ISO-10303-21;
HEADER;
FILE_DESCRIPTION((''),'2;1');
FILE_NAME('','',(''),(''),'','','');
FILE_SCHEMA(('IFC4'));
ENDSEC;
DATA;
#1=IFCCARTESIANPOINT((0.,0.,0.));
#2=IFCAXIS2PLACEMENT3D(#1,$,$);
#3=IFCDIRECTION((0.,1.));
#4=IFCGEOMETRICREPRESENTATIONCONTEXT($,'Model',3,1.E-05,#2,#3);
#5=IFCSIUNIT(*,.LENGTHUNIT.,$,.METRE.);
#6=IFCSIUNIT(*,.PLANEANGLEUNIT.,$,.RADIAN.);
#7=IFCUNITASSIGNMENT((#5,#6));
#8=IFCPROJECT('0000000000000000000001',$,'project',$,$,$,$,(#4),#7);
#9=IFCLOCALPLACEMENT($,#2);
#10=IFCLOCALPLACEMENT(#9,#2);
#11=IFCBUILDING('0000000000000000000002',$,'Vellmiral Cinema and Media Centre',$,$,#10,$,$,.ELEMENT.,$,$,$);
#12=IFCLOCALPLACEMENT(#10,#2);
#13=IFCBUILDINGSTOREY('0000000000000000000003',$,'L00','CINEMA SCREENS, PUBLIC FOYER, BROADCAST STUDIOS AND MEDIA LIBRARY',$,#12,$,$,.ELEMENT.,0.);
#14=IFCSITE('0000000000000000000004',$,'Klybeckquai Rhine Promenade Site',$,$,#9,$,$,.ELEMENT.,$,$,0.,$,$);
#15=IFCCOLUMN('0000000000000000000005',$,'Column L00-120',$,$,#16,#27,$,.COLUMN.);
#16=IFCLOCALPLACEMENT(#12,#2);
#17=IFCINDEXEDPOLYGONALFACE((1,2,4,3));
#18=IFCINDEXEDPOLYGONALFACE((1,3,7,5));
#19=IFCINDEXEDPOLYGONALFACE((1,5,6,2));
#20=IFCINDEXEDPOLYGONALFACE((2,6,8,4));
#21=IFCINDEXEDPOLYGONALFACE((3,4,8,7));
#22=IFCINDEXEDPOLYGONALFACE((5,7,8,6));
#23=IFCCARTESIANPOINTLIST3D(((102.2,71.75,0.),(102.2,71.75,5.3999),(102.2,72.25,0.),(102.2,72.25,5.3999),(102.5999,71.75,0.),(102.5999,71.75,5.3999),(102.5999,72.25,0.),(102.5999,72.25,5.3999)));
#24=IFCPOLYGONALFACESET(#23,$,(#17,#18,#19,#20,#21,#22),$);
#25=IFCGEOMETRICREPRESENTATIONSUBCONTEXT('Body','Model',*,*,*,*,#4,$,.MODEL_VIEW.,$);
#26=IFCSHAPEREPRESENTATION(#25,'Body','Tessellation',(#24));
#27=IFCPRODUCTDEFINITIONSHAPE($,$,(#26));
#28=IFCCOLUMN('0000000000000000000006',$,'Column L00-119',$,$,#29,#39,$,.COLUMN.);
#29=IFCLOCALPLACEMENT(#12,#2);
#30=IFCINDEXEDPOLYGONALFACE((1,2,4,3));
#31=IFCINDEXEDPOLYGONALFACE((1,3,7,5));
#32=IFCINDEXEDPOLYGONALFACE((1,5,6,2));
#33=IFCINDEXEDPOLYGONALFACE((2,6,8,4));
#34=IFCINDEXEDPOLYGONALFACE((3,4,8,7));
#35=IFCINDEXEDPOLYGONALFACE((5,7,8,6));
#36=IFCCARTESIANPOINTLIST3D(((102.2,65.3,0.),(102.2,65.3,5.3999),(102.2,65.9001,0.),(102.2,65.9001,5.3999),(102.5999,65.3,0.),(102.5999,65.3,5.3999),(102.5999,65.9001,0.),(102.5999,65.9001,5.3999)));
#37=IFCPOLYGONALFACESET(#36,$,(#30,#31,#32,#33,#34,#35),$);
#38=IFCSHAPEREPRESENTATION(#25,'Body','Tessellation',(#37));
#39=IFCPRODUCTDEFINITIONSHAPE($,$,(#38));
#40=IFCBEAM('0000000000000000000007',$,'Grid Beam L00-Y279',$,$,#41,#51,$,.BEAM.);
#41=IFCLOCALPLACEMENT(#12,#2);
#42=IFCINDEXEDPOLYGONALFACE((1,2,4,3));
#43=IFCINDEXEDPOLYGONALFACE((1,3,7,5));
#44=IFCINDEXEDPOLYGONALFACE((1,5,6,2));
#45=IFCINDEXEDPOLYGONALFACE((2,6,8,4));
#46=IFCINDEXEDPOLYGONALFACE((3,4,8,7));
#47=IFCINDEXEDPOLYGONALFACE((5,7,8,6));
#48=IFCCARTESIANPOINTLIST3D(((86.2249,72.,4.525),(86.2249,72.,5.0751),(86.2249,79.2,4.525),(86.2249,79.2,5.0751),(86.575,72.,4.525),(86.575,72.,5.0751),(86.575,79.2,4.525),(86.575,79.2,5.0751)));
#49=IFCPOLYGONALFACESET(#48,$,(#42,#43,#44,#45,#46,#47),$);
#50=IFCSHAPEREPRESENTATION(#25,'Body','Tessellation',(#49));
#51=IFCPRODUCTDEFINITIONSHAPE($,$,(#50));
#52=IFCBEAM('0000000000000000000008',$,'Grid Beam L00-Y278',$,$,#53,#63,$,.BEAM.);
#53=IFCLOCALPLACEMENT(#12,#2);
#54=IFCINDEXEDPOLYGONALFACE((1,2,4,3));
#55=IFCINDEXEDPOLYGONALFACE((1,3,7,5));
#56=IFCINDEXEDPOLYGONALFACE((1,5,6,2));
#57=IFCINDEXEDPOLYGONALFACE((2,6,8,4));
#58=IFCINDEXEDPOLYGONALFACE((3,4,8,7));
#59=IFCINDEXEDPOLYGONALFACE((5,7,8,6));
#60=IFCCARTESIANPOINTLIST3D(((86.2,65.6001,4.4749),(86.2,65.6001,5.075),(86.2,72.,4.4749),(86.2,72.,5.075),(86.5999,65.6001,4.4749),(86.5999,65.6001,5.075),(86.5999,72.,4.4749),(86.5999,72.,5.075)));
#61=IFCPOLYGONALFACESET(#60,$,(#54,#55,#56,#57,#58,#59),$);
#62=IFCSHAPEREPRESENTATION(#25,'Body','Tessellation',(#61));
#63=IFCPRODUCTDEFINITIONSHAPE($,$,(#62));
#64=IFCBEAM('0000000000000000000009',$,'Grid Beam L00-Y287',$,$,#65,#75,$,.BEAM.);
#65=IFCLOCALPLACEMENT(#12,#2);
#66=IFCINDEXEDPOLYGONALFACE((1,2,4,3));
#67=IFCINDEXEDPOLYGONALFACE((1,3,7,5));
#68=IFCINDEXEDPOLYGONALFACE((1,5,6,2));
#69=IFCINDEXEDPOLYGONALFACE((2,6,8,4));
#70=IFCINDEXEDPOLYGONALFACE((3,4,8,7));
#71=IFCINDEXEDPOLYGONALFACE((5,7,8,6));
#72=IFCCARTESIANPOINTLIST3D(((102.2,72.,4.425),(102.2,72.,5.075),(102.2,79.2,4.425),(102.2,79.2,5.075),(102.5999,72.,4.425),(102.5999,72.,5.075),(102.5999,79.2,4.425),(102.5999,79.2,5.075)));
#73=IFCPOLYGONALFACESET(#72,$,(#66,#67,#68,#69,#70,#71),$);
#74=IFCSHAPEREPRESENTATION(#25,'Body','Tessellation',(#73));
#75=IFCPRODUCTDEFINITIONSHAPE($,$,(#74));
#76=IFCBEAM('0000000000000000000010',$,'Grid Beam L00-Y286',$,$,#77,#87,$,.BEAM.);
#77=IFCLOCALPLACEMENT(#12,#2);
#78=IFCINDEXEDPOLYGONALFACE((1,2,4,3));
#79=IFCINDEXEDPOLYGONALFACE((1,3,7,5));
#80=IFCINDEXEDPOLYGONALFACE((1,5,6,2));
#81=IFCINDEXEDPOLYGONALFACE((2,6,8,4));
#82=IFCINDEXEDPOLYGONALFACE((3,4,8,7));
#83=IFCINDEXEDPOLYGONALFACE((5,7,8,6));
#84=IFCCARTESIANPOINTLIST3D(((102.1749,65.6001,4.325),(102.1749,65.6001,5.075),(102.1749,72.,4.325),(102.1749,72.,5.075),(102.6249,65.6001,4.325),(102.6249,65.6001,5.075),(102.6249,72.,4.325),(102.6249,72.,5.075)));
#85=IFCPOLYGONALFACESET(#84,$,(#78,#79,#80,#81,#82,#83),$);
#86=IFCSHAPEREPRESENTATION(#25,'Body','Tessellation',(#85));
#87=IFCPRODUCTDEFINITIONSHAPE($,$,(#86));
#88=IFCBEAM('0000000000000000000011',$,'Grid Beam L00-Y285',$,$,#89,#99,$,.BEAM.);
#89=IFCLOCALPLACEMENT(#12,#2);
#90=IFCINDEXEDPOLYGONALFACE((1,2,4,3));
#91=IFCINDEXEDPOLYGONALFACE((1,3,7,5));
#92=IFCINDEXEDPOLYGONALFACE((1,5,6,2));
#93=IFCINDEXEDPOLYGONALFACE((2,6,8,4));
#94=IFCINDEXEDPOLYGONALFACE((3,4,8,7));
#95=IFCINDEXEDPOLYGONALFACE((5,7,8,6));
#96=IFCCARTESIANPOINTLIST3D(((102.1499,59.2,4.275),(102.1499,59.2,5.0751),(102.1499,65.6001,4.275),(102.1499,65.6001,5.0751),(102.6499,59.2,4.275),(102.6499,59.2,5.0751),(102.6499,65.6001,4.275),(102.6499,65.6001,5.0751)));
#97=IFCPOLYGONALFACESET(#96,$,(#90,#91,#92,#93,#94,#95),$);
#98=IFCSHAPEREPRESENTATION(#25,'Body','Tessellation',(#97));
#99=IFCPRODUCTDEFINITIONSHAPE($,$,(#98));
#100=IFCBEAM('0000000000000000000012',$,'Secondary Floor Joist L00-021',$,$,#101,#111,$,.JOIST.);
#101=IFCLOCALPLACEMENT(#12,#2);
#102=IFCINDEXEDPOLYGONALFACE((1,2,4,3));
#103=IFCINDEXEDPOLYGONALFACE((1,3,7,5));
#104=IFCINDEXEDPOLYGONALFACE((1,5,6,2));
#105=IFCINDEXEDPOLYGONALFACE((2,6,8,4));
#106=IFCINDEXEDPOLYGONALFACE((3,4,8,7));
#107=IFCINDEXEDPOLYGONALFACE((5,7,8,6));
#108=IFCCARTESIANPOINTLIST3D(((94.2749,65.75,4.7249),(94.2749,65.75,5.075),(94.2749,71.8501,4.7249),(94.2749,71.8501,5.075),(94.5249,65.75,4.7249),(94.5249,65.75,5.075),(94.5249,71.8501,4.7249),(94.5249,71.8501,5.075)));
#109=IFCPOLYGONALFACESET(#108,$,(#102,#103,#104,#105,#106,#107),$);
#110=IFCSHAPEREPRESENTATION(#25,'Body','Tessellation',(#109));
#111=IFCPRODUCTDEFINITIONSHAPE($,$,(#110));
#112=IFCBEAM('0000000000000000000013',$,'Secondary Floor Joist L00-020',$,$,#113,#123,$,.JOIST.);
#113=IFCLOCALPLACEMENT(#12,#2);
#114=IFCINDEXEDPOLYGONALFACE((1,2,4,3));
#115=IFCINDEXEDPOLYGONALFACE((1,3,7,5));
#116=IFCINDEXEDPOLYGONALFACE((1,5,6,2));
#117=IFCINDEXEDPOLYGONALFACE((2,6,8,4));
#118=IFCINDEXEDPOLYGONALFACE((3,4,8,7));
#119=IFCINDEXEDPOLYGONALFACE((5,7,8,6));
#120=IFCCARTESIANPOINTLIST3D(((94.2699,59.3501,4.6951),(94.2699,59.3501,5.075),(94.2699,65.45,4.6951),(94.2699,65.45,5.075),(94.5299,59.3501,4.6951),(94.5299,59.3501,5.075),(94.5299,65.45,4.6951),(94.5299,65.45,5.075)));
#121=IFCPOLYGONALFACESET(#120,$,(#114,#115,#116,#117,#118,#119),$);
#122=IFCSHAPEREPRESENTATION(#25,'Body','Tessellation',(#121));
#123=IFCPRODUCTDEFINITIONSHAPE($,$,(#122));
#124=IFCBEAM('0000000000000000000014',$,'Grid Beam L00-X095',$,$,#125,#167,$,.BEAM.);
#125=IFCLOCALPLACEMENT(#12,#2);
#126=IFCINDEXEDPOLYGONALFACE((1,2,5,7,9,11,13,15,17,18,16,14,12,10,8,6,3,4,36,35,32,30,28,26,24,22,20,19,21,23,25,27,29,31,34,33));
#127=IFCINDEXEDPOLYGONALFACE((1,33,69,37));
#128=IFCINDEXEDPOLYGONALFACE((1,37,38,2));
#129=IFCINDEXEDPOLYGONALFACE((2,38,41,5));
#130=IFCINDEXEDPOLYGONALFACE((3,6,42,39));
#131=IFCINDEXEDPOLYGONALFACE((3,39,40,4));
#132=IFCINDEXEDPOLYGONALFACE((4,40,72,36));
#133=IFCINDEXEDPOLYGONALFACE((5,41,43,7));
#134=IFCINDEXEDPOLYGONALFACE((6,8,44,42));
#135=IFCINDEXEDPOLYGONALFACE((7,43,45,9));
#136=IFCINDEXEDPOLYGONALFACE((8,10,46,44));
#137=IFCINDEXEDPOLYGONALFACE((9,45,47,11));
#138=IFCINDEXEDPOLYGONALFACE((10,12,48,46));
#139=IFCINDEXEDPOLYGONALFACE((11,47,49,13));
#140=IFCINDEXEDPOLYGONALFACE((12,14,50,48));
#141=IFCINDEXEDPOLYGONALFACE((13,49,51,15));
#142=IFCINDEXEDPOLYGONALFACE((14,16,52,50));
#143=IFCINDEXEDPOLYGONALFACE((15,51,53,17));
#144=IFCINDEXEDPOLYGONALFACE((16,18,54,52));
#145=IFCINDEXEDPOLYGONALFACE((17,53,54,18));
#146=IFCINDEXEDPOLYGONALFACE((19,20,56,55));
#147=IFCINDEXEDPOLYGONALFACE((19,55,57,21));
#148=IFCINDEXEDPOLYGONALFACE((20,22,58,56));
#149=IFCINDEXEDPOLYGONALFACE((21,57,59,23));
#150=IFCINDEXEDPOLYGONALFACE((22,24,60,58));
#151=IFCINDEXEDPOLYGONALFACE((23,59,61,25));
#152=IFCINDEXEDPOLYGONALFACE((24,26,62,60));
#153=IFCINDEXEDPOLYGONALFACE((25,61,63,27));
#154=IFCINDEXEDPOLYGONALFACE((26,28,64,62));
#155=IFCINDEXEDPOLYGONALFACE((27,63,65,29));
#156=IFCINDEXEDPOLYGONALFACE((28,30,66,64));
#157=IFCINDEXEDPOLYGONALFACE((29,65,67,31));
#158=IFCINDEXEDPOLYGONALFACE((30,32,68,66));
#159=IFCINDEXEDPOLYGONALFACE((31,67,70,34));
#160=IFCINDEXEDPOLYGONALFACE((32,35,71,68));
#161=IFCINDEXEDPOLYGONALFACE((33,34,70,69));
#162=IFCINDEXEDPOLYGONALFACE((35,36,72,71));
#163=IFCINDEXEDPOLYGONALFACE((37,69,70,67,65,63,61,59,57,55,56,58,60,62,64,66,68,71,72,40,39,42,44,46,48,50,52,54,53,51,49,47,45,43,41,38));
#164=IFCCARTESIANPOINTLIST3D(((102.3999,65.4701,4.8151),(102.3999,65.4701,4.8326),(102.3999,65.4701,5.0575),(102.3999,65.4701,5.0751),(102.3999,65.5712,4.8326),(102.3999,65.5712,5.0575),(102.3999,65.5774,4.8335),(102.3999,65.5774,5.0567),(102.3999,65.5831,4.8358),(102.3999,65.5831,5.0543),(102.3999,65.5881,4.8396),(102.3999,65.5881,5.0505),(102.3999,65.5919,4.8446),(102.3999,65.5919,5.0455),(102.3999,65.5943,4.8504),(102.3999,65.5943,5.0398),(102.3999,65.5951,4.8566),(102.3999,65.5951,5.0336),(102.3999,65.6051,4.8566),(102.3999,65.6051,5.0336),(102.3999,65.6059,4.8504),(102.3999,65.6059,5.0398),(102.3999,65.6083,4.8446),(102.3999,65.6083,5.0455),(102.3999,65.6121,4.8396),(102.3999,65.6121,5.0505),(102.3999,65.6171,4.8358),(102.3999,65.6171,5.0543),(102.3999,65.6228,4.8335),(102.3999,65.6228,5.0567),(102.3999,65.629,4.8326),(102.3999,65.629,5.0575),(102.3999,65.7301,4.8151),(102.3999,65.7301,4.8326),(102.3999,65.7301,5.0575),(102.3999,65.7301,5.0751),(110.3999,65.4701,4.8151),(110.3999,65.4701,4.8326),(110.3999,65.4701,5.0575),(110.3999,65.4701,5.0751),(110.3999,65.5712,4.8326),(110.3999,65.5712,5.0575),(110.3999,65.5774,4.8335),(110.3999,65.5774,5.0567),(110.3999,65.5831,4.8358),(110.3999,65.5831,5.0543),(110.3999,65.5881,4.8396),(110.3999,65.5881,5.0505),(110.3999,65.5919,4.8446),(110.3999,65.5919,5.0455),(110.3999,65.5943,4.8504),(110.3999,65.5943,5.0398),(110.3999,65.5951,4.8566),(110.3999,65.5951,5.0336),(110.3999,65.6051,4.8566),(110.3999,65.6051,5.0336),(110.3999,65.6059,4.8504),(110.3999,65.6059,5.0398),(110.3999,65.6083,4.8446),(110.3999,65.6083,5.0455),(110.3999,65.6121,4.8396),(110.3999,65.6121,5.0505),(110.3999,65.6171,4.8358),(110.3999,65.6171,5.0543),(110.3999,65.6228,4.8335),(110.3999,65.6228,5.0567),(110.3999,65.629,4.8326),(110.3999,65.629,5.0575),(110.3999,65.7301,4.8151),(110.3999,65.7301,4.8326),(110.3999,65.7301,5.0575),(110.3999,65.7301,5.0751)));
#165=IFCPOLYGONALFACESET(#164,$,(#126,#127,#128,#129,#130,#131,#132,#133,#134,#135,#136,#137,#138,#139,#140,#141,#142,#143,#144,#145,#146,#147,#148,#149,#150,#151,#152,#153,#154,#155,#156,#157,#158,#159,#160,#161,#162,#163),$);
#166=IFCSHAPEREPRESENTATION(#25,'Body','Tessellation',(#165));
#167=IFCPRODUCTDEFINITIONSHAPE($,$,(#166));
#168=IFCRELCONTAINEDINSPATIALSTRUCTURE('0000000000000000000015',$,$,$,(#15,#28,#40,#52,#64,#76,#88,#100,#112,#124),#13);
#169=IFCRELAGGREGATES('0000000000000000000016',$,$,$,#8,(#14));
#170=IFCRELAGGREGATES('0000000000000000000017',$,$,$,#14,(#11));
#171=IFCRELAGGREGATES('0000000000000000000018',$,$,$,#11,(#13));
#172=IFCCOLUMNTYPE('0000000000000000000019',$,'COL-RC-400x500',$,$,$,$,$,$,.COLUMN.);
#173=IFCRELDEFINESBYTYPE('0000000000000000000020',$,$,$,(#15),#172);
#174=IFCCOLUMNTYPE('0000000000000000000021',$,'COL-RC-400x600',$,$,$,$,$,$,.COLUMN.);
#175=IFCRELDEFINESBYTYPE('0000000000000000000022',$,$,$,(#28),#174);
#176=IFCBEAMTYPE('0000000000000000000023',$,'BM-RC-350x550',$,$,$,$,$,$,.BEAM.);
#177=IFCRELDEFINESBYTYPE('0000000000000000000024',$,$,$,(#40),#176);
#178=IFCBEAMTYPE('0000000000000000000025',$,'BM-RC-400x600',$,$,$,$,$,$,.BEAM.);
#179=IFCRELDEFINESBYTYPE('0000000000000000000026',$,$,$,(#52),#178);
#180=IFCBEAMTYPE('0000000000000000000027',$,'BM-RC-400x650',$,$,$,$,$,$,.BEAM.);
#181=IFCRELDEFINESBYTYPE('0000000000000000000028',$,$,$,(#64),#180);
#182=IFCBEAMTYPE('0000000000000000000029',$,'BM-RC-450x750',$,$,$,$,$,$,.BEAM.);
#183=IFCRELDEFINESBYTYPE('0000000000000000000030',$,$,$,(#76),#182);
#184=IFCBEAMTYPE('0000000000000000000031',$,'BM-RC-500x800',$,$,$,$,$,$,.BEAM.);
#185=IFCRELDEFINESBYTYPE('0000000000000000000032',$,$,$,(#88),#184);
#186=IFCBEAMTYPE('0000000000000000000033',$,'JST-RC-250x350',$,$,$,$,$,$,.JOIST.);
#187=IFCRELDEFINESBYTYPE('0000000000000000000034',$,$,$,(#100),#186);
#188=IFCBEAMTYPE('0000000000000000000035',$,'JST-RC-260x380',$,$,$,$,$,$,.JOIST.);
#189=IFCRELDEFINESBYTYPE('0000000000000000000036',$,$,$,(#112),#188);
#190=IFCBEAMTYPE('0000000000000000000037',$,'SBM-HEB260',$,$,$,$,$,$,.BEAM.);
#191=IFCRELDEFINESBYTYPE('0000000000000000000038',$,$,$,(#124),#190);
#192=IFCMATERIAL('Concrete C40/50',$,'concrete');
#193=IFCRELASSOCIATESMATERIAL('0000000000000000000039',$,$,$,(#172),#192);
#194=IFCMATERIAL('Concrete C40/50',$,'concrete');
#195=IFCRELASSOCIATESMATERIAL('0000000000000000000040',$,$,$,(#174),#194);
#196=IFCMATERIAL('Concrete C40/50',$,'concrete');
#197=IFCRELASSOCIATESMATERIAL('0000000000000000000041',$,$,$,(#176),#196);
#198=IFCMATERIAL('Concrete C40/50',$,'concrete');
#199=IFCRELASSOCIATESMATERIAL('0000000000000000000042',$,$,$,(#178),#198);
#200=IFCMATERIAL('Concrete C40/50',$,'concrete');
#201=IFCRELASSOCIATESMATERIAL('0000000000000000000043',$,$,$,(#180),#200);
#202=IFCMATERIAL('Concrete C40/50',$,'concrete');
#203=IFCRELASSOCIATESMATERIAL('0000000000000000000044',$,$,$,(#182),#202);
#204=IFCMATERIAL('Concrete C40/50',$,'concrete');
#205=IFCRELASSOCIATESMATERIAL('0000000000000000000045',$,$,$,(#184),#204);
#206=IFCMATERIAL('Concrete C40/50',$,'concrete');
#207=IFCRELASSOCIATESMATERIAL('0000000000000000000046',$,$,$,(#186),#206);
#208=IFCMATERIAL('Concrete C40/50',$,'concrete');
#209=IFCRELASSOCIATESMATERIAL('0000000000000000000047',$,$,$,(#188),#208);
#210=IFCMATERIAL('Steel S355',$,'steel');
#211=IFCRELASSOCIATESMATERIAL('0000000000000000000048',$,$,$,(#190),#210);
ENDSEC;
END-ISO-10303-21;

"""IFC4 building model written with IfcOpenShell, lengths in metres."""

from ifc_helpers import new_model, si_unit, direction, frame, origin, origin_2d, place, context, subcontext, project, spatial, rectangle, i_section, extrude, material, material_profile, profile_set, type_object, element, save


model = new_model("IFC4")

# Units and contexts
model_context = context("Model", 3, precision=1e-05, world=origin(), true_north=direction((0.0, 1.0)))
body_context = subcontext(model_context, "Body", "Model", "MODEL_VIEW")
ifc_project = project(units=[si_unit("LENGTHUNIT", "METRE"), si_unit("PLANEANGLEUNIT", "RADIAN")], contexts=[model_context])

# Site, building, storey
site_placement = place(None, origin())
site = spatial("IfcSite", under=ifc_project, at=site_placement, Name="Klybeckquai Rhine Promenade Site", CompositionType="ELEMENT", RefElevation=0.0)
building_placement = place(site_placement, origin())
building = spatial("IfcBuilding", under=site, at=building_placement, Name="Vellmiral Cinema and Media Centre", CompositionType="ELEMENT")
storey_placement = place(building_placement, origin())
storey = spatial("IfcBuildingStorey", under=building, at=storey_placement, Name="L00", Description="CINEMA SCREENS, PUBLIC FOYER, BROADCAST STUDIOS AND MEDIA LIBRARY", CompositionType="ELEMENT", Elevation=0.0)

# Columns
ifc_material_1 = material(Name="Concrete C40/50", Category="concrete")
ifc_material_profile_1 = material_profile(ifc_material_1, rectangle(XDim=0.3999, YDim=0.5, at=origin_2d()), Name="RC 400x500")
ifc_profile_set_1 = profile_set([ifc_material_profile_1], Name="Concrete C40/50")
column_type_1 = type_object("IfcColumnType", Name="COL-RC-400x500", PredefinedType="COLUMN", material=ifc_profile_set_1)
column_1_placement = place(storey_placement, frame((102.3999, 72.0, 0.0), z_axis=(0.0, 0.0, 1.0), x_axis=(1.0, 0.0, 0.0)))
element("IfcColumn", 1, at=column_1_placement, inside=storey, type_object=column_type_1, Name="Column L00-120", PredefinedType="COLUMN", context=body_context, shape_type="SweptSolid", body=[
    extrude(rectangle(XDim=0.3999, YDim=0.5, at=origin_2d()), origin(), (0.0, 0.0, 1.0), 5.3999),
])
ifc_material_2 = material(Name="Concrete C40/50", Category="concrete")
ifc_material_profile_2 = material_profile(ifc_material_2, rectangle(XDim=0.3999, YDim=0.6001, at=origin_2d()), Name="RC 400x600")
ifc_profile_set_2 = profile_set([ifc_material_profile_2], Name="Concrete C40/50")
column_type_2 = type_object("IfcColumnType", Name="COL-RC-400x600", PredefinedType="COLUMN", material=ifc_profile_set_2)
column_2_placement = place(storey_placement, frame((102.3999, 65.6001, 0.0), z_axis=(0.0, 0.0, 1.0), x_axis=(1.0, 0.0, 0.0)))
element("IfcColumn", 2, at=column_2_placement, inside=storey, type_object=column_type_2, Name="Column L00-119", PredefinedType="COLUMN", context=body_context, shape_type="SweptSolid", body=[
    extrude(rectangle(XDim=0.3999, YDim=0.6001, at=origin_2d()), origin(), (0.0, 0.0, 1.0), 5.3999),
])

# Beams
ifc_material_3 = material(Name="Concrete C40/50", Category="concrete")
ifc_material_profile_3 = material_profile(ifc_material_3, rectangle(XDim=0.3501, YDim=0.55, at=origin_2d()), Name="RC 350x550")
ifc_profile_set_3 = profile_set([ifc_material_profile_3], Name="Concrete C40/50")
beam_type_1 = type_object("IfcBeamType", Name="BM-RC-350x550", PredefinedType="BEAM", material=ifc_profile_set_3)
beam_1_placement = place(storey_placement, frame((86.3999, 72.0, 4.8), z_axis=(0.0, 1.0, 0.0), x_axis=(-1.0, 0.0, 0.0)))
element("IfcBeam", 3, at=beam_1_placement, inside=storey, type_object=beam_type_1, Name="Grid Beam L00-Y279", PredefinedType="BEAM", context=body_context, shape_type="SweptSolid", body=[
    extrude(rectangle(XDim=0.3501, YDim=0.55, at=origin_2d()), origin(), (0.0, 0.0, 1.0), 7.2),
])
ifc_material_4 = material(Name="Concrete C40/50", Category="concrete")
ifc_material_profile_4 = material_profile(ifc_material_4, rectangle(XDim=0.3999, YDim=0.6001, at=origin_2d()), Name="RC 400x600")
ifc_profile_set_4 = profile_set([ifc_material_profile_4], Name="Concrete C40/50")
beam_type_2 = type_object("IfcBeamType", Name="BM-RC-400x600", PredefinedType="BEAM", material=ifc_profile_set_4)
beam_2_placement = place(storey_placement, frame((86.3999, 65.6001, 4.7749), z_axis=(0.0, 1.0, 0.0), x_axis=(-1.0, 0.0, 0.0)))
element("IfcBeam", 4, at=beam_2_placement, inside=storey, type_object=beam_type_2, Name="Grid Beam L00-Y278", PredefinedType="BEAM", context=body_context, shape_type="SweptSolid", body=[
    extrude(rectangle(XDim=0.3999, YDim=0.6001, at=origin_2d()), origin(), (0.0, 0.0, 1.0), 6.3999),
])
ifc_material_5 = material(Name="Concrete C40/50", Category="concrete")
ifc_material_profile_5 = material_profile(ifc_material_5, rectangle(XDim=0.3999, YDim=0.6499, at=origin_2d()), Name="RC 400x650")
ifc_profile_set_5 = profile_set([ifc_material_profile_5], Name="Concrete C40/50")
beam_type_3 = type_object("IfcBeamType", Name="BM-RC-400x650", PredefinedType="BEAM", material=ifc_profile_set_5)
beam_3_placement = place(storey_placement, frame((102.3999, 72.0, 4.75), z_axis=(0.0, 1.0, 0.0), x_axis=(-1.0, 0.0, 0.0)))
element("IfcBeam", 5, at=beam_3_placement, inside=storey, type_object=beam_type_3, Name="Grid Beam L00-Y287", PredefinedType="BEAM", context=body_context, shape_type="SweptSolid", body=[
    extrude(rectangle(XDim=0.3999, YDim=0.6499, at=origin_2d()), origin(), (0.0, 0.0, 1.0), 7.2),
])
ifc_material_6 = material(Name="Concrete C40/50", Category="concrete")
ifc_material_profile_6 = material_profile(ifc_material_6, rectangle(XDim=0.45, YDim=0.75, at=origin_2d()), Name="RC 450x750")
ifc_profile_set_6 = profile_set([ifc_material_profile_6], Name="Concrete C40/50")
beam_type_4 = type_object("IfcBeamType", Name="BM-RC-450x750", PredefinedType="BEAM", material=ifc_profile_set_6)
beam_4_placement = place(storey_placement, frame((102.3999, 65.6001, 4.7), z_axis=(0.0, 1.0, 0.0), x_axis=(-1.0, 0.0, 0.0)))
element("IfcBeam", 6, at=beam_4_placement, inside=storey, type_object=beam_type_4, Name="Grid Beam L00-Y286", PredefinedType="BEAM", context=body_context, shape_type="SweptSolid", body=[
    extrude(rectangle(XDim=0.45, YDim=0.75, at=origin_2d()), origin(), (0.0, 0.0, 1.0), 6.3999),
])
ifc_material_7 = material(Name="Concrete C40/50", Category="concrete")
ifc_material_profile_7 = material_profile(ifc_material_7, rectangle(XDim=0.5, YDim=0.8, at=origin_2d()), Name="RC 500x800")
ifc_profile_set_7 = profile_set([ifc_material_profile_7], Name="Concrete C40/50")
beam_type_5 = type_object("IfcBeamType", Name="BM-RC-500x800", PredefinedType="BEAM", material=ifc_profile_set_7)
beam_5_placement = place(storey_placement, frame((102.3999, 59.2, 4.675), z_axis=(0.0, 1.0, 0.0), x_axis=(-1.0, 0.0, 0.0)))
element("IfcBeam", 7, at=beam_5_placement, inside=storey, type_object=beam_type_5, Name="Grid Beam L00-Y285", PredefinedType="BEAM", context=body_context, shape_type="SweptSolid", body=[
    extrude(rectangle(XDim=0.5, YDim=0.8, at=origin_2d()), origin(), (0.0, 0.0, 1.0), 6.4001),
])
ifc_material_8 = material(Name="Concrete C40/50", Category="concrete")
ifc_material_profile_8 = material_profile(ifc_material_8, rectangle(XDim=0.25, YDim=0.3501, at=origin_2d()), Name="RC 250x350")
ifc_profile_set_8 = profile_set([ifc_material_profile_8], Name="Concrete C40/50")
beam_type_6 = type_object("IfcBeamType", Name="JST-RC-250x350", PredefinedType="JOIST", material=ifc_profile_set_8)
beam_6_placement = place(storey_placement, frame((94.3999, 65.75, 4.8999), z_axis=(0.0, 1.0, 0.0), x_axis=(-1.0, 0.0, 0.0)))
element("IfcBeam", 8, at=beam_6_placement, inside=storey, type_object=beam_type_6, Name="Secondary Floor Joist L00-021", PredefinedType="JOIST", context=body_context, shape_type="SweptSolid", body=[
    extrude(rectangle(XDim=0.25, YDim=0.3501, at=origin_2d()), origin(), (0.0, 0.0, 1.0), 6.1001),
])
ifc_material_9 = material(Name="Concrete C40/50", Category="concrete")
ifc_material_profile_9 = material_profile(ifc_material_9, rectangle(XDim=0.26, YDim=0.3799, at=origin_2d()), Name="RC 260x380")
ifc_profile_set_9 = profile_set([ifc_material_profile_9], Name="Concrete C40/50")
beam_type_7 = type_object("IfcBeamType", Name="JST-RC-260x380", PredefinedType="JOIST", material=ifc_profile_set_9)
beam_7_placement = place(storey_placement, frame((94.3999, 59.3501, 4.885), z_axis=(0.0, 1.0, 0.0), x_axis=(-1.0, 0.0, 0.0)))
element("IfcBeam", 9, at=beam_7_placement, inside=storey, type_object=beam_type_7, Name="Secondary Floor Joist L00-020", PredefinedType="JOIST", context=body_context, shape_type="SweptSolid", body=[
    extrude(rectangle(XDim=0.26, YDim=0.3799, at=origin_2d()), origin(), (0.0, 0.0, 1.0), 6.0999),
])
ifc_material_10 = material(Name="Steel S355", Category="steel")
ifc_material_profile_10 = material_profile(ifc_material_10, i_section(OverallWidth=0.26, OverallDepth=0.26, WebThickness=0.01, FlangeThickness=0.0176, FilletRadius=0.0239, at=origin_2d()), Name="HEB 260")
ifc_profile_set_10 = profile_set([ifc_material_profile_10], Name="Steel S355")
beam_type_8 = type_object("IfcBeamType", Name="SBM-HEB260", PredefinedType="BEAM", material=ifc_profile_set_10)
beam_8_placement = place(storey_placement, frame((102.3999, 65.6001, 4.9451), z_axis=(1.0, 0.0, 0.0), x_axis=(0.0, 1.0, 0.0)))
element("IfcBeam", 10, at=beam_8_placement, inside=storey, type_object=beam_type_8, Name="Grid Beam L00-X095", PredefinedType="BEAM", context=body_context, shape_type="SweptSolid", body=[
    extrude(i_section(OverallWidth=0.26, OverallDepth=0.26, WebThickness=0.01, FlangeThickness=0.0176, FilletRadius=0.0239, at=origin_2d()), origin(), (0.0, 0.0, 1.0), 8.0),
])

save(model, "model.ifc")
